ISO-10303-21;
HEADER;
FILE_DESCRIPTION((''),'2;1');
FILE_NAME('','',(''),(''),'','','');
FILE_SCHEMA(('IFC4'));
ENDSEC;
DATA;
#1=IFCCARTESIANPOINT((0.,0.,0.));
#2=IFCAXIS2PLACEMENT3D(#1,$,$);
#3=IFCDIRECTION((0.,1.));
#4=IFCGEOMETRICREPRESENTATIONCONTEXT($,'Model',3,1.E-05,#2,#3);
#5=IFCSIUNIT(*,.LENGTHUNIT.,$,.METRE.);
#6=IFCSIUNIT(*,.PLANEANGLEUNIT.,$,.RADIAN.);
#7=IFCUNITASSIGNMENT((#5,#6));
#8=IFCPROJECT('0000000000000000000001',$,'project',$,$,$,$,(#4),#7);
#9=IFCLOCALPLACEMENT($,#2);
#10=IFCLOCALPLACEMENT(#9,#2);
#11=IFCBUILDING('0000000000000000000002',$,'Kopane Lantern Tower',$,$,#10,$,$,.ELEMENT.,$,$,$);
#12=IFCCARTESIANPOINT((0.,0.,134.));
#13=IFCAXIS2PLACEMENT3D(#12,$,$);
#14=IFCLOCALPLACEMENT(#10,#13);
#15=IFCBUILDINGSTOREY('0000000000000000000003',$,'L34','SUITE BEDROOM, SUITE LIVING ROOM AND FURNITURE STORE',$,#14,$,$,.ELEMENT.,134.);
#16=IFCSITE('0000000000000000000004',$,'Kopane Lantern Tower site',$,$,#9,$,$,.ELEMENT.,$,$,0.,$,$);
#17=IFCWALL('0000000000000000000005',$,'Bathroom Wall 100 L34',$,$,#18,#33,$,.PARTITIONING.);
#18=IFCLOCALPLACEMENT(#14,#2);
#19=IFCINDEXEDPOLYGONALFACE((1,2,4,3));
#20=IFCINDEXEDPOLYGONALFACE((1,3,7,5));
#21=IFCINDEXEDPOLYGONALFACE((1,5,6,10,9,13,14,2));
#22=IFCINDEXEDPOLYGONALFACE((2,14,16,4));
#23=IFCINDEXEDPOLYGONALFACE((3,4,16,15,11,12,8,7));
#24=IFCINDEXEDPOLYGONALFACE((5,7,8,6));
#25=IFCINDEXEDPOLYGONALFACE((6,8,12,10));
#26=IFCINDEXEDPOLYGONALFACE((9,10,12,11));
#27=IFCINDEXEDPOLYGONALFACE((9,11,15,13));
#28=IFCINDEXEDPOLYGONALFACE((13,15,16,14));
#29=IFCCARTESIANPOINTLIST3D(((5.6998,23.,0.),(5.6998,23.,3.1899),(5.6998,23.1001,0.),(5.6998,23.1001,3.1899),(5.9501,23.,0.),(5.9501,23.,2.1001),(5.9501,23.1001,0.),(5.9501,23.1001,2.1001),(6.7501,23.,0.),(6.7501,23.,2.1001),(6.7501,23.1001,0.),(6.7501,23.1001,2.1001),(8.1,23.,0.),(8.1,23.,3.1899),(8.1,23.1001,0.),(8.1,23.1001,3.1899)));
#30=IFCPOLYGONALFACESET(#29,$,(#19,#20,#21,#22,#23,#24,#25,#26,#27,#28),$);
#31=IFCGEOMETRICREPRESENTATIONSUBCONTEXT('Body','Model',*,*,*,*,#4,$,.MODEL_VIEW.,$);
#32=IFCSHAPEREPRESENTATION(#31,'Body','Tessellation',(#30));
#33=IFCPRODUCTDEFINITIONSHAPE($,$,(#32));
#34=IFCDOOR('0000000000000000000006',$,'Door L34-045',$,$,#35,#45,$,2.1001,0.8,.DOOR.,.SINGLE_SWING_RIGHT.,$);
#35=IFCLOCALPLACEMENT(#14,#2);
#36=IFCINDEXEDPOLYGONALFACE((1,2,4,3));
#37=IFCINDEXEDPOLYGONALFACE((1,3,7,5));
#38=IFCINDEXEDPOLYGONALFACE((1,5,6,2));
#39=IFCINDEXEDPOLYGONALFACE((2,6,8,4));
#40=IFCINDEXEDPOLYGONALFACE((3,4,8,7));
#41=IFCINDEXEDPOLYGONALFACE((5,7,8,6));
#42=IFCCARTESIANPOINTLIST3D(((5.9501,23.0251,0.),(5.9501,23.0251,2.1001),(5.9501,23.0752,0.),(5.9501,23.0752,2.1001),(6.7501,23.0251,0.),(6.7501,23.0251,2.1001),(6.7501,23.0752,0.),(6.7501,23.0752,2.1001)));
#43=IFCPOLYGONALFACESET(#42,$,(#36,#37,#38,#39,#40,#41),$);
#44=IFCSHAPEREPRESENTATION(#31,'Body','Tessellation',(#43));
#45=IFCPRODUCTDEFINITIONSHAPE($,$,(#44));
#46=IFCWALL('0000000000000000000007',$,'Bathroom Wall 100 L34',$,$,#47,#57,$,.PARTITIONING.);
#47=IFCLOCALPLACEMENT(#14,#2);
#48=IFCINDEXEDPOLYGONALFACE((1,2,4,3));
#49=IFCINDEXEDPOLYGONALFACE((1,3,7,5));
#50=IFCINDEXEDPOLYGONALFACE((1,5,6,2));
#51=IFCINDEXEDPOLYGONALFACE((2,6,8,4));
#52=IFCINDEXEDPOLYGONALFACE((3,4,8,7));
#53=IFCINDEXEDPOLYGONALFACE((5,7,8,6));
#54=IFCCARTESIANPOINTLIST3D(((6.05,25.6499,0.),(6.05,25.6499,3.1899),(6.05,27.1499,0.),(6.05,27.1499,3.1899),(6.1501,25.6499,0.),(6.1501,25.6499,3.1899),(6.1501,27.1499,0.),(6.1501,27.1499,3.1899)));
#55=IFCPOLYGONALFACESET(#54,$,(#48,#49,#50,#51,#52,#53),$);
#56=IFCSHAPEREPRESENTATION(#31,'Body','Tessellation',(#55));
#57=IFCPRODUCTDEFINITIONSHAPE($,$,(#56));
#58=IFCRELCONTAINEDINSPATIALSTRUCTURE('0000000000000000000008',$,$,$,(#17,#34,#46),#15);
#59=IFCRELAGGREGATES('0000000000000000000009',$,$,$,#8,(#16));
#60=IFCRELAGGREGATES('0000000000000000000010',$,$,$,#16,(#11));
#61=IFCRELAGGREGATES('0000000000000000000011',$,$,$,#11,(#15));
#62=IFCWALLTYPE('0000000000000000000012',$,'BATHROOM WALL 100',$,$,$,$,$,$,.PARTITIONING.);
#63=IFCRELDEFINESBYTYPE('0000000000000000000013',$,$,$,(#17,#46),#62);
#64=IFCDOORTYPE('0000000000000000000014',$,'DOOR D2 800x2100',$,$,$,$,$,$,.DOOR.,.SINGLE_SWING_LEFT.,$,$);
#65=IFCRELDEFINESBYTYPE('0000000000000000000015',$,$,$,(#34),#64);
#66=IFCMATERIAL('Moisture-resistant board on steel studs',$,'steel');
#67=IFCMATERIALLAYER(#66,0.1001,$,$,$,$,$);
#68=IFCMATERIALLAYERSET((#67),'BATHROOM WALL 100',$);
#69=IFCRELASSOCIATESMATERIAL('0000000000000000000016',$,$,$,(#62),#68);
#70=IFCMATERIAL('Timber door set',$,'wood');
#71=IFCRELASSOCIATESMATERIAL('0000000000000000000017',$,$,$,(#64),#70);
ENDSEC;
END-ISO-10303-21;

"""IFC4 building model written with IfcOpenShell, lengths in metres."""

from ifc_helpers import new_model, si_unit, direction, frame, frame_2d, origin, place, context, subcontext, project, spatial, rectangle, extrude, material, layer, layer_set, type_object, element, fill, save


model = new_model("IFC4")

# Units and contexts
model_context = context("Model", 3, precision=1e-05, world=origin(), true_north=direction((0.0, 1.0)))
body_context = subcontext(model_context, "Body", "Model", "MODEL_VIEW")
ifc_project = project(units=[si_unit("LENGTHUNIT", "METRE"), si_unit("PLANEANGLEUNIT", "RADIAN")], contexts=[model_context])

# Site, building, storey
site_placement = place(None, origin())
site = spatial("IfcSite", under=ifc_project, at=site_placement, Name="Kopane Lantern Tower site", CompositionType="ELEMENT", RefElevation=0.0)
building_placement = place(site_placement, origin())
building = spatial("IfcBuilding", under=site, at=building_placement, Name="Kopane Lantern Tower", CompositionType="ELEMENT")
storey_placement = place(building_placement, frame((0.0, 0.0, 134.0)))
storey = spatial("IfcBuildingStorey", under=building, at=storey_placement, Name="L34", Description="SUITE BEDROOM, SUITE LIVING ROOM AND FURNITURE STORE", CompositionType="ELEMENT", Elevation=134.0)

# Shared definitions
ifc_material_1 = material(Name="Moisture-resistant board on steel studs", Category="steel")
ifc_layer_1 = layer(ifc_material_1, 0.1001)
ifc_layer_set_1 = layer_set([ifc_layer_1], Name="BATHROOM WALL 100")
wall_type_1 = type_object("IfcWallType", Name="BATHROOM WALL 100", PredefinedType="PARTITIONING", material=ifc_layer_set_1)
ifc_material_2 = material(Name="Timber door set", Category="wood")
door_type_1 = type_object("IfcDoorType", Name="DOOR D2 800x2100", OperationType="SINGLE_SWING_LEFT", PredefinedType="DOOR", material=ifc_material_2)

# Wall, opening, door
wall_1_placement = place(storey_placement, frame((8.1001, 23.05, 0.0), z_axis=(0.0, 0.0, 1.0), x_axis=(-1.0, 0.0, 0.0)))
wall_1 = element("IfcWall", 1, at=wall_1_placement, inside=storey, type_object=wall_type_1, Name="Bathroom Wall 100 L34", PredefinedType="PARTITIONING", context=body_context, shape_type="SweptSolid", body=[
    extrude(rectangle(XDim=2.4001, YDim=0.1001, at=frame_2d((1.2002, 0.0))), origin(), (0.0, 0.0, 1.0), 3.1899),
])
opening_1_placement = place(wall_1_placement, frame((1.3501, 0.0, 0.0)))
opening_1 = element("IfcOpeningElement", 2, at=opening_1_placement, cuts=wall_1, PredefinedType="OPENING", context=body_context, shape_type="SweptSolid", body=[
    extrude(rectangle(XDim=0.8, YDim=2.1001, at=frame_2d((0.3999, 1.05))), frame((0.0, 0.0601, 0.0), z_axis=(0.0, -1.0, 0.0), x_axis=(1.0, 0.0, 0.0)), (0.0, 0.0, 1.0), 0.1201),
])
door_1_placement = place(opening_1_placement, origin())
door_1 = element("IfcDoor", 3, at=door_1_placement, inside=storey, type_object=door_type_1, Name="Door L34-045", OperationType="SINGLE_SWING_RIGHT", OverallHeight=2.1001, OverallWidth=0.8, PredefinedType="DOOR", context=body_context, shape_type="SweptSolid", body=[
    extrude(rectangle(XDim=0.8, YDim=2.1001, at=frame_2d((0.3999, 1.05))), frame((0.0, 0.0249, 0.0), z_axis=(0.0, -1.0, 0.0), x_axis=(1.0, 0.0, 0.0)), (0.0, 0.0, 1.0), 0.05),
])
fill(opening_1, door_1)

# Wall
wall_2_placement = place(storey_placement, frame((6.1001, 25.6499, 0.0), z_axis=(0.0, 0.0, 1.0), x_axis=(0.0, 1.0, 0.0)))
element("IfcWall", 4, at=wall_2_placement, inside=storey, type_object=wall_type_1, Name="Bathroom Wall 100 L34", PredefinedType="PARTITIONING", context=body_context, shape_type="SweptSolid", body=[
    extrude(rectangle(XDim=1.5, YDim=0.1001, at=frame_2d((0.75, 0.0))), origin(), (0.0, 0.0, 1.0), 3.1899),
])

save(model, "model.ifc")
